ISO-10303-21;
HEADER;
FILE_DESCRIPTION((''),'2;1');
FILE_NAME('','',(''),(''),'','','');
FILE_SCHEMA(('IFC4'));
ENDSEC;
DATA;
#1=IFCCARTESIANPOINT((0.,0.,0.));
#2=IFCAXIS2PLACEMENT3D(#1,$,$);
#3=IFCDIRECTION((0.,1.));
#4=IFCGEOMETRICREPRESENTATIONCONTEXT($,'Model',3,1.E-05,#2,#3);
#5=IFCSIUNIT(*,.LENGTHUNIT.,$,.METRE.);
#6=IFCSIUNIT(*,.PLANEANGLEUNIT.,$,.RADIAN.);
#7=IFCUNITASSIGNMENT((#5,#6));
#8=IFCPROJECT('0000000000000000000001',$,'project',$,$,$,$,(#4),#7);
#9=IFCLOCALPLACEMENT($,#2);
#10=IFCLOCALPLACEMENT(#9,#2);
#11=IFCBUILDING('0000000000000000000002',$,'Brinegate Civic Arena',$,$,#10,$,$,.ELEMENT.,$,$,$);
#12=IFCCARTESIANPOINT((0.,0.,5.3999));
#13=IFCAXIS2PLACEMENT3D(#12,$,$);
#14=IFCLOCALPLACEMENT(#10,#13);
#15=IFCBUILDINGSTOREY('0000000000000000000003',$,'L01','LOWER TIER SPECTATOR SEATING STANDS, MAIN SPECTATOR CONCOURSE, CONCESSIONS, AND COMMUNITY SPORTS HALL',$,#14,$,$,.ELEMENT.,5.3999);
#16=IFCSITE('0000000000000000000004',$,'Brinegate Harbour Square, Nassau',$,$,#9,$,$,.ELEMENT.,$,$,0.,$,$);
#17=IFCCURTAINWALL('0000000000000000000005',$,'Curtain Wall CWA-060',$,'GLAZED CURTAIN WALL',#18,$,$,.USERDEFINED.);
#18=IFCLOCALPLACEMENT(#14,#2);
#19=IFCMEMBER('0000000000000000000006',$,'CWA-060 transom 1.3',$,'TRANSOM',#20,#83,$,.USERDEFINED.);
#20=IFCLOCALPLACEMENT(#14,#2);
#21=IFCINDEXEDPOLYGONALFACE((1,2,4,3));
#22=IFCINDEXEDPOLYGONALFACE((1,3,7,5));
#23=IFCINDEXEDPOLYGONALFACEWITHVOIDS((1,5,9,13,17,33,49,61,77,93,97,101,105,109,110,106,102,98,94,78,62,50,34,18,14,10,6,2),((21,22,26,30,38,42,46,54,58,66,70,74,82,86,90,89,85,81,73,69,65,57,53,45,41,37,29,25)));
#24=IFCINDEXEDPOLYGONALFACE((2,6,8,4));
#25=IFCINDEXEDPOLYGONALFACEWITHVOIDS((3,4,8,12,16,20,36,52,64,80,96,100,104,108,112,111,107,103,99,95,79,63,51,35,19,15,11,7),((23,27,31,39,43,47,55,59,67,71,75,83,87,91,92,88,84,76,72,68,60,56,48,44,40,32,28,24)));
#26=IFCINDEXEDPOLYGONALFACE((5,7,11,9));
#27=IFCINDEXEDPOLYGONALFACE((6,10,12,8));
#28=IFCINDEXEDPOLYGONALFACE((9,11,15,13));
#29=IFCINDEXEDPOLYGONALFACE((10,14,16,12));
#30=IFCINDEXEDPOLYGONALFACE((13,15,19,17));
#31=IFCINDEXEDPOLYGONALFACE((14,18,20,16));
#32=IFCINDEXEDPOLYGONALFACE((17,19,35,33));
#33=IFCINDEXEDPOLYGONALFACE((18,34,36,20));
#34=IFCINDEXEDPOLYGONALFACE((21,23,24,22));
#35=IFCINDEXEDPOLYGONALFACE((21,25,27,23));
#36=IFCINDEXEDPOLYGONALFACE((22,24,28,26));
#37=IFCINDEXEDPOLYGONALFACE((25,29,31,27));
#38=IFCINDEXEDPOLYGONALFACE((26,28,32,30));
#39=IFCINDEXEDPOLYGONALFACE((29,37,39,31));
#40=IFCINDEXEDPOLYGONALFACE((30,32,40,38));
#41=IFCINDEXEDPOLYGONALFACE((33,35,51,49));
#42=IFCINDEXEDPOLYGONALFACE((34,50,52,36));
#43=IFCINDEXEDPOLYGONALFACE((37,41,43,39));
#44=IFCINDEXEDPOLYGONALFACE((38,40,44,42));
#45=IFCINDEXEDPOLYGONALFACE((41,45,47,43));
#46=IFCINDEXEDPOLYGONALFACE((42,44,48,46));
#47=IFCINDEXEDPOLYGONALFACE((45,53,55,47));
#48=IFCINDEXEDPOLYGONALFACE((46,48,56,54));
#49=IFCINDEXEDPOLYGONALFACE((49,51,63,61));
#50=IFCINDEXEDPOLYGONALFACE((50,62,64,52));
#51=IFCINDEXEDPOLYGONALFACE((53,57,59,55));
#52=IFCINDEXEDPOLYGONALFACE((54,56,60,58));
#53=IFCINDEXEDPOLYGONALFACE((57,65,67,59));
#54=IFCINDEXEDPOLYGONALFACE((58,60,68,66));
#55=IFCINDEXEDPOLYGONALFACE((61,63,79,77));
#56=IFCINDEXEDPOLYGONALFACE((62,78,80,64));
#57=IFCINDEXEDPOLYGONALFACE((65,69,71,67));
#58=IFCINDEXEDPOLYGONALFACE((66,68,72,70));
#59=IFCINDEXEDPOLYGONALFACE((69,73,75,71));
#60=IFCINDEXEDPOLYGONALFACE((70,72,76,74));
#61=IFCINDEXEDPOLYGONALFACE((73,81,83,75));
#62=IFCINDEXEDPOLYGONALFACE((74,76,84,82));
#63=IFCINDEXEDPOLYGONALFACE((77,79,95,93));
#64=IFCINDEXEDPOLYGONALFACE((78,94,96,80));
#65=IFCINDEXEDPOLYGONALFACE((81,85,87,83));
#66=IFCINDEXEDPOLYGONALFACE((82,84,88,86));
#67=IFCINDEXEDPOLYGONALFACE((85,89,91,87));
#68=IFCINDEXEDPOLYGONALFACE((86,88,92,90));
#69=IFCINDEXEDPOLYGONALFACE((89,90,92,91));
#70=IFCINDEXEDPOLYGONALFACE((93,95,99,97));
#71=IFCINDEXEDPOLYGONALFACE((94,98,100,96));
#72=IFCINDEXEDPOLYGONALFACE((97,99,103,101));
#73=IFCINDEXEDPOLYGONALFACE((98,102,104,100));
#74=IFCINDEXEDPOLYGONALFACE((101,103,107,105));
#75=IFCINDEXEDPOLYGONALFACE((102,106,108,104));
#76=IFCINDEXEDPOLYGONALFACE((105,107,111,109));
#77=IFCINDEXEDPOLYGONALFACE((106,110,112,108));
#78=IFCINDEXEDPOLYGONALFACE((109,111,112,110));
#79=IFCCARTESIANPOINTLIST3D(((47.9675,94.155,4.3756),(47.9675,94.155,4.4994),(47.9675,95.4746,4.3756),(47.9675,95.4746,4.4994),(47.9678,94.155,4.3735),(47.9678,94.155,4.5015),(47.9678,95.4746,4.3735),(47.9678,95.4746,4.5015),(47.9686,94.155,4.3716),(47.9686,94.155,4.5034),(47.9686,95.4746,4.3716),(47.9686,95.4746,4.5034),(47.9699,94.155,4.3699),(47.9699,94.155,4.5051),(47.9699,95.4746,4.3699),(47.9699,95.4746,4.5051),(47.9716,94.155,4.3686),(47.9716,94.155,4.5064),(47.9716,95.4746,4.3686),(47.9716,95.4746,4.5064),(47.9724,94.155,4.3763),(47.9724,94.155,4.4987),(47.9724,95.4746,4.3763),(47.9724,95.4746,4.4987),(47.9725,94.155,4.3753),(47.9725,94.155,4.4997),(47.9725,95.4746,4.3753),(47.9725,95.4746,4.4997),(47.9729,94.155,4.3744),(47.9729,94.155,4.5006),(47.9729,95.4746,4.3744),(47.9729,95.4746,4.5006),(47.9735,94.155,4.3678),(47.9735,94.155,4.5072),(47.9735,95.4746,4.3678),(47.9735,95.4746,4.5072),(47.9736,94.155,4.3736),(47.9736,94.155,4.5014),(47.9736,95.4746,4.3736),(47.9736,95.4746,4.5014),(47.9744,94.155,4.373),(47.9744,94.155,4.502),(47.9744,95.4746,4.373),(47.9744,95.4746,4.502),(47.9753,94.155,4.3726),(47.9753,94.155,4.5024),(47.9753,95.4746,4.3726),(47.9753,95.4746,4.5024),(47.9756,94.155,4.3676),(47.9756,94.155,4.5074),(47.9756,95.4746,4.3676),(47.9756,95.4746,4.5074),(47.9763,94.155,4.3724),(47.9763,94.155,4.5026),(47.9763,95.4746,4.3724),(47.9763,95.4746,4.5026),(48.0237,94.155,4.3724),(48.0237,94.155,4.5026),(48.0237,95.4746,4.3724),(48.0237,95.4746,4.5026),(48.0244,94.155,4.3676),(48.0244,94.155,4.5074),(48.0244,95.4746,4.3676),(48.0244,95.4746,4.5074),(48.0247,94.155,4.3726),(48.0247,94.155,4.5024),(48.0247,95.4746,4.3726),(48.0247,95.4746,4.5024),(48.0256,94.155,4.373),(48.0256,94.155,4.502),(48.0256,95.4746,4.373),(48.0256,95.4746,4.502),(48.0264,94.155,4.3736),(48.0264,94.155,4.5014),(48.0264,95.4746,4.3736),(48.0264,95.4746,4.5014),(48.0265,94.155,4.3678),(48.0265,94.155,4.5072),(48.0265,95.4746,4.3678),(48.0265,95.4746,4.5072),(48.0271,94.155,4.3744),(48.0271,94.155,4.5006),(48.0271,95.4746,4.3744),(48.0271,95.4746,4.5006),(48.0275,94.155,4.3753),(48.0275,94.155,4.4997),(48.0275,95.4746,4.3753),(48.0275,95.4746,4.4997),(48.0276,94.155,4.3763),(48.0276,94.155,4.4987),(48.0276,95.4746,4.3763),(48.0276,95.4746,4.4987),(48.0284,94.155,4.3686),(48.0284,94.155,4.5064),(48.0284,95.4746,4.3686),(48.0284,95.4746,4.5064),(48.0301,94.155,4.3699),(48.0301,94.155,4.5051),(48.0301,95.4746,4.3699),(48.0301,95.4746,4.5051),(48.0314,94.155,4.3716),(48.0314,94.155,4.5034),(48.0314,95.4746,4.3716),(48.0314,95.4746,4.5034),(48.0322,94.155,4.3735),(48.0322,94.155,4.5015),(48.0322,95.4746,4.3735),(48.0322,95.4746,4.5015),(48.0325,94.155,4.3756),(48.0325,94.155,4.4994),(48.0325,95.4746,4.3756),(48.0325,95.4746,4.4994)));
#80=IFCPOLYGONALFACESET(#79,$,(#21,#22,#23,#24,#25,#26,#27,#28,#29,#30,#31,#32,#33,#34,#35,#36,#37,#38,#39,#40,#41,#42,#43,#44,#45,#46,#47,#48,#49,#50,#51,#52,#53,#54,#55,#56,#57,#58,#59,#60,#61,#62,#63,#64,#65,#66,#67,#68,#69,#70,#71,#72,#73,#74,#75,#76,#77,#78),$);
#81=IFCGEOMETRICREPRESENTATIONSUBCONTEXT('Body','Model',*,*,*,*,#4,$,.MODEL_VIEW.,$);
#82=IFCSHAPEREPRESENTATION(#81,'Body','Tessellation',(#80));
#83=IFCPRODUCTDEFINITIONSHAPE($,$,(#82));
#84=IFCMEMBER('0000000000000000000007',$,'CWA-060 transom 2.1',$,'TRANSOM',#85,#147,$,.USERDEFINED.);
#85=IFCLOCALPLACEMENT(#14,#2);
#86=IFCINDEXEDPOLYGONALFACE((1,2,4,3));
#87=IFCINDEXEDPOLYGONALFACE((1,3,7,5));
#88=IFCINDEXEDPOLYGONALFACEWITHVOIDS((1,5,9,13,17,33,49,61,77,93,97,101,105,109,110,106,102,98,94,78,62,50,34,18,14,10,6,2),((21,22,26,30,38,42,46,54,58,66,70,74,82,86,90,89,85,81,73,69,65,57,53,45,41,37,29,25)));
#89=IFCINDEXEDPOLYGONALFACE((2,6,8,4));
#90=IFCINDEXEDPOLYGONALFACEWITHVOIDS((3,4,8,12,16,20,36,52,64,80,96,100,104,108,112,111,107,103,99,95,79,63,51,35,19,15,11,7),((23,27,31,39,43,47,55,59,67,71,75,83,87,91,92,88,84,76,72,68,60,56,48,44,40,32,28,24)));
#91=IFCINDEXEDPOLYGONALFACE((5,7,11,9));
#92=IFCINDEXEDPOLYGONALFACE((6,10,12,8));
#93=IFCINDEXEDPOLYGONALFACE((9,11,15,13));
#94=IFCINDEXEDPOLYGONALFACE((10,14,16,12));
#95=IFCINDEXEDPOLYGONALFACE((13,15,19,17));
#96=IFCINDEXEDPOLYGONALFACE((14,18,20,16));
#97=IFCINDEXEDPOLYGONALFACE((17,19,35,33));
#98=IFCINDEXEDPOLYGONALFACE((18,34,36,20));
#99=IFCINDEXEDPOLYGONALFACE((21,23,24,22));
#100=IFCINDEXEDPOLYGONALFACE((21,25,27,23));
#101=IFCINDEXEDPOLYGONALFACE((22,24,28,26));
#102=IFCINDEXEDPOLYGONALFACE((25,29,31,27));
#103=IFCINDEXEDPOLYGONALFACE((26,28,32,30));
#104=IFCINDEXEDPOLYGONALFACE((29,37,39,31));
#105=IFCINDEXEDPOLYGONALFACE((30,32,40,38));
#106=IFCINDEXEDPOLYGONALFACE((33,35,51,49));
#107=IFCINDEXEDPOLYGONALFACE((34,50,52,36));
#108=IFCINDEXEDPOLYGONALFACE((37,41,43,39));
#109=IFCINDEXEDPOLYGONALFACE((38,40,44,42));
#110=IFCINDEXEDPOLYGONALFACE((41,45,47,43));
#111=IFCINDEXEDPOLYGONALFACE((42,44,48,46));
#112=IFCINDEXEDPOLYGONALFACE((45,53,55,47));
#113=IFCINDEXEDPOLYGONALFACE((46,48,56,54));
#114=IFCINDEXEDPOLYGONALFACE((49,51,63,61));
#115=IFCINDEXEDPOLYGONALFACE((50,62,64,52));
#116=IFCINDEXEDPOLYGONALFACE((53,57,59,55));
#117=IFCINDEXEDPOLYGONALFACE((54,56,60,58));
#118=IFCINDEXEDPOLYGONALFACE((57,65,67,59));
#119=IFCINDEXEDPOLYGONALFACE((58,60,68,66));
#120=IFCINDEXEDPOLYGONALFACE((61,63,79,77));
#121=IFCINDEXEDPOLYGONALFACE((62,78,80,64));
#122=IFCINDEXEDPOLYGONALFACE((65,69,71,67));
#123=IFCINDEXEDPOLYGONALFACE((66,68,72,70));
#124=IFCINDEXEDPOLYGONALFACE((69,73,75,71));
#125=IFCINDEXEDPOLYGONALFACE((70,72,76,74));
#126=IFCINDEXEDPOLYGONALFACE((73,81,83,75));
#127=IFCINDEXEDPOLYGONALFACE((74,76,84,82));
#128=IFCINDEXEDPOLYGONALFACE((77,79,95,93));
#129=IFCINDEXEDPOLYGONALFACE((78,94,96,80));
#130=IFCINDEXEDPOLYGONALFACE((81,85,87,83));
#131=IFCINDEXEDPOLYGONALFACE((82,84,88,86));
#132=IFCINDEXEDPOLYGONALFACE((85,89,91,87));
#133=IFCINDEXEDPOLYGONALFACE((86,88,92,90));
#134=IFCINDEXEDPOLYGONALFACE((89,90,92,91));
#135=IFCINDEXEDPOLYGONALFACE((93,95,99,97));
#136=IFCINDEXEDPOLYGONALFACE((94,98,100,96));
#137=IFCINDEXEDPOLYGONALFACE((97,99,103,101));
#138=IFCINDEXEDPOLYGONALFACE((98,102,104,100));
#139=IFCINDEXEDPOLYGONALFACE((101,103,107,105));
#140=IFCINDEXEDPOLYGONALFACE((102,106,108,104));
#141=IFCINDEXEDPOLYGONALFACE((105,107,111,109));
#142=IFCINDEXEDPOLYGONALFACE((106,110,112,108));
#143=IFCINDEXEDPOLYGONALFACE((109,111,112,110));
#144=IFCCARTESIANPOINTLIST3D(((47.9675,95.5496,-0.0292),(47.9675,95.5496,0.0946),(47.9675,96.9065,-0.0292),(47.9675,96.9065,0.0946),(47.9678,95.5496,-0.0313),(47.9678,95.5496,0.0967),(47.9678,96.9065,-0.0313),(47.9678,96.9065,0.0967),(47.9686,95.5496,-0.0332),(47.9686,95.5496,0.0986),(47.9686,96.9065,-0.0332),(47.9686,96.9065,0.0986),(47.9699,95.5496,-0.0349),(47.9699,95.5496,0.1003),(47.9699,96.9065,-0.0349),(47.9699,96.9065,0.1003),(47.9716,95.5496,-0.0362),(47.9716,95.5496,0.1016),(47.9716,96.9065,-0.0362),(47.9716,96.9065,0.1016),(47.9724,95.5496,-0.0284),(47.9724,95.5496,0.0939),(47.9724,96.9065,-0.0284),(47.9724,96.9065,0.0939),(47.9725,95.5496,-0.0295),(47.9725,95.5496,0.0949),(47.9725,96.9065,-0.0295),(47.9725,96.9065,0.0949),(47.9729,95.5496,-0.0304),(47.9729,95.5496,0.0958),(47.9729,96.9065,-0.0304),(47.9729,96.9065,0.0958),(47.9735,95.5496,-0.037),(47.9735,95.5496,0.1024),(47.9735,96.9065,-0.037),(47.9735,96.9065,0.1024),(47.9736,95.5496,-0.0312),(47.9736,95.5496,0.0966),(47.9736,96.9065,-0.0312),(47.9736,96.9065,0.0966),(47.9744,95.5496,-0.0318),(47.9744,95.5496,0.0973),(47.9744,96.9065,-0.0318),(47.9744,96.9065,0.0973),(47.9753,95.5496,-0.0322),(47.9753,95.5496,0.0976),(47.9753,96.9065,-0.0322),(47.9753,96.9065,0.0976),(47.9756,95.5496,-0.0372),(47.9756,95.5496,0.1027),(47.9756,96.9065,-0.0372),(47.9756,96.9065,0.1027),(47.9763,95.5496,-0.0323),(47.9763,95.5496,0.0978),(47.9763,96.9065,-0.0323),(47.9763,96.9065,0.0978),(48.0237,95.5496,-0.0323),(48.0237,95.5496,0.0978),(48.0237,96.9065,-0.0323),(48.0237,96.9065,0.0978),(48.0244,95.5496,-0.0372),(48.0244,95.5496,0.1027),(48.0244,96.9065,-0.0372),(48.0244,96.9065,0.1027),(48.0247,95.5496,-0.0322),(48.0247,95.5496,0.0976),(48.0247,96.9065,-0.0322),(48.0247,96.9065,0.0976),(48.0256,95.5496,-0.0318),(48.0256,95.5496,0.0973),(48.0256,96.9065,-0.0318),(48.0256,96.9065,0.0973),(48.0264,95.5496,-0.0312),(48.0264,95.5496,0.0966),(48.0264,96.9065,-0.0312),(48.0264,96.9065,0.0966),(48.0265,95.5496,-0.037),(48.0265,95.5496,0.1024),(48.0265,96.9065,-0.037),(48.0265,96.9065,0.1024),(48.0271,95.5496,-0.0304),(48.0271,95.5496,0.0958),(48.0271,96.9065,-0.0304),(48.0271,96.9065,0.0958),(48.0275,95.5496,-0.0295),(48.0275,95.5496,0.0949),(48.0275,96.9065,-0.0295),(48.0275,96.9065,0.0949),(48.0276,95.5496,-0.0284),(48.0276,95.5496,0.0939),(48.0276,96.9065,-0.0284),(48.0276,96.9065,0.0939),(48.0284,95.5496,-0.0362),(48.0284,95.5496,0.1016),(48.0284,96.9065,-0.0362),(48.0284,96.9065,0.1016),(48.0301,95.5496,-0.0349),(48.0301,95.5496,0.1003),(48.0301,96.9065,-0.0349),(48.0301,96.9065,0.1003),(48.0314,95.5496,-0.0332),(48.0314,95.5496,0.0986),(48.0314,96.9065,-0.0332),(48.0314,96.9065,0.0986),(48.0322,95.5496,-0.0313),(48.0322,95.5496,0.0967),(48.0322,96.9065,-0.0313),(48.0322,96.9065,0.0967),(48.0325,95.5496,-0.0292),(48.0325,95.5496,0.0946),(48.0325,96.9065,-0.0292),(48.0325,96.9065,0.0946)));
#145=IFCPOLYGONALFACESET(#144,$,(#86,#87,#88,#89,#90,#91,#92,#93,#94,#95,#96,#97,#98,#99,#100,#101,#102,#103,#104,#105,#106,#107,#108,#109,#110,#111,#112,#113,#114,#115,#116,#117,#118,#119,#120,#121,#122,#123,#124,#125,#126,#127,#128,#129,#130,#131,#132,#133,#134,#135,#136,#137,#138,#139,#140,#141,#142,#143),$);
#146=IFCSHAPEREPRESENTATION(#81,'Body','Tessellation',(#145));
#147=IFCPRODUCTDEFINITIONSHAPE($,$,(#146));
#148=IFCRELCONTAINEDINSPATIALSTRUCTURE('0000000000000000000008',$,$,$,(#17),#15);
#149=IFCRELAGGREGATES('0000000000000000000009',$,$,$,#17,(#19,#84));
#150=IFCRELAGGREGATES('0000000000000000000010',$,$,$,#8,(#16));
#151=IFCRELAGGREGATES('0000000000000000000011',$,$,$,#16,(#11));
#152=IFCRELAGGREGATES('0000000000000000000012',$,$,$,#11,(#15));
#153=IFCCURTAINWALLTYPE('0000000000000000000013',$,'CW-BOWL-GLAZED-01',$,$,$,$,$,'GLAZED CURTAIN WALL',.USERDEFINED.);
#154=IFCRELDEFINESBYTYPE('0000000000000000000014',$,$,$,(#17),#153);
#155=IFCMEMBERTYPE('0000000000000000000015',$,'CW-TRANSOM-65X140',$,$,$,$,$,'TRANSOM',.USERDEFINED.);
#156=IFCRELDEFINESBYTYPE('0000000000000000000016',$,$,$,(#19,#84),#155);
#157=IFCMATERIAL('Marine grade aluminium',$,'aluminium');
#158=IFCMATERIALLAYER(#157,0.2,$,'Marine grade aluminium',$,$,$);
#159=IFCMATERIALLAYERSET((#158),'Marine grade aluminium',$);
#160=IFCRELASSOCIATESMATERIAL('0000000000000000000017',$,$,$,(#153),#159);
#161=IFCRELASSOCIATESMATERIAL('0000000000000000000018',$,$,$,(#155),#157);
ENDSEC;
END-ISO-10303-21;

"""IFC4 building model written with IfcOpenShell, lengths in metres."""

from ifc_helpers import new_model, si_unit, direction, frame, origin, origin_2d, place, context, subcontext, project, spatial, hollow_rectangle, extrude, material, layer, layer_set, material_profile, profile_set, type_object, element, aggregate, save


model = new_model("IFC4")

# Units and contexts
model_context = context("Model", 3, precision=1e-05, world=origin(), true_north=direction((0.0, 1.0)))
body_context = subcontext(model_context, "Body", "Model", "MODEL_VIEW")
ifc_project = project(units=[si_unit("LENGTHUNIT", "METRE"), si_unit("PLANEANGLEUNIT", "RADIAN")], contexts=[model_context])

# Site, building, storey
site_placement = place(None, origin())
site = spatial("IfcSite", under=ifc_project, at=site_placement, Name="Brinegate Harbour Square, Nassau", CompositionType="ELEMENT", RefElevation=0.0)
building_placement = place(site_placement, origin())
building = spatial("IfcBuilding", under=site, at=building_placement, Name="Brinegate Civic Arena", CompositionType="ELEMENT")
storey_placement = place(building_placement, frame((0.0, 0.0, 5.3999)))
storey = spatial("IfcBuildingStorey", under=building, at=storey_placement, Name="L01", Description="LOWER TIER SPECTATOR SEATING STANDS, MAIN SPECTATOR CONCOURSE, CONCESSIONS, AND COMMUNITY SPORTS HALL", CompositionType="ELEMENT", Elevation=5.3999)

# Curtain wall, members
ifc_material_1 = material(Name="Marine grade aluminium", Category="aluminium")
ifc_layer_1 = layer(ifc_material_1, 0.2, Name="Marine grade aluminium")
ifc_layer_set_1 = layer_set([ifc_layer_1], Name="Marine grade aluminium")
curtain_wall_type = type_object("IfcCurtainWallType", Name="CW-BOWL-GLAZED-01", ElementType="GLAZED CURTAIN WALL", PredefinedType="USERDEFINED", material=ifc_layer_set_1)
curtain_wall_1_placement = place(storey_placement, origin())
curtain_wall_1 = element("IfcCurtainWall", 1, at=curtain_wall_1_placement, inside=storey, type_object=curtain_wall_type, Name="Curtain Wall CWA-060", ObjectType="GLAZED CURTAIN WALL", PredefinedType="USERDEFINED")
ifc_material_profile_1 = material_profile(ifc_material_1, hollow_rectangle(XDim=0.0649, YDim=0.1399, WallThickness=0.0049, InnerFilletRadius=0.0039, OuterFilletRadius=0.0081, at=origin_2d()), Name="TRN65X140")
ifc_profile_set_1 = profile_set([ifc_material_profile_1], Name="Marine grade aluminium")
member_type_1 = type_object("IfcMemberType", Name="CW-TRANSOM-65X140", ElementType="TRANSOM", PredefinedType="USERDEFINED", material=ifc_profile_set_1)
member_1_placement = place(storey_placement, frame((48.0, 94.155, 4.4375), z_axis=(0.0, 1.0, 0.0), x_axis=(-1.0, 0.0, 0.0)))
member_1 = element("IfcMember", 2, at=member_1_placement, type_object=member_type_1, Name="CWA-060 transom 1.3", ObjectType="TRANSOM", PredefinedType="USERDEFINED", context=body_context, shape_type="SweptSolid", body=[
    extrude(hollow_rectangle(XDim=0.0649, YDim=0.1399, WallThickness=0.0049, InnerFilletRadius=0.0039, OuterFilletRadius=0.0081, at=origin_2d()), origin(), (0.0, 0.0, 1.0), 1.3196),
])
member_2_placement = place(storey_placement, frame((48.0, 95.5496, 0.0327), z_axis=(0.0, 1.0, 0.0), x_axis=(-1.0, 0.0, 0.0)))
member_2 = element("IfcMember", 3, at=member_2_placement, type_object=member_type_1, Name="CWA-060 transom 2.1", ObjectType="TRANSOM", PredefinedType="USERDEFINED", context=body_context, shape_type="SweptSolid", body=[
    extrude(hollow_rectangle(XDim=0.0649, YDim=0.1399, WallThickness=0.0049, InnerFilletRadius=0.0039, OuterFilletRadius=0.0081, at=origin_2d()), origin(), (0.0, 0.0, 1.0), 1.3569),
])

aggregate(curtain_wall_1, [member_1, member_2])

save(model, "model.ifc")
